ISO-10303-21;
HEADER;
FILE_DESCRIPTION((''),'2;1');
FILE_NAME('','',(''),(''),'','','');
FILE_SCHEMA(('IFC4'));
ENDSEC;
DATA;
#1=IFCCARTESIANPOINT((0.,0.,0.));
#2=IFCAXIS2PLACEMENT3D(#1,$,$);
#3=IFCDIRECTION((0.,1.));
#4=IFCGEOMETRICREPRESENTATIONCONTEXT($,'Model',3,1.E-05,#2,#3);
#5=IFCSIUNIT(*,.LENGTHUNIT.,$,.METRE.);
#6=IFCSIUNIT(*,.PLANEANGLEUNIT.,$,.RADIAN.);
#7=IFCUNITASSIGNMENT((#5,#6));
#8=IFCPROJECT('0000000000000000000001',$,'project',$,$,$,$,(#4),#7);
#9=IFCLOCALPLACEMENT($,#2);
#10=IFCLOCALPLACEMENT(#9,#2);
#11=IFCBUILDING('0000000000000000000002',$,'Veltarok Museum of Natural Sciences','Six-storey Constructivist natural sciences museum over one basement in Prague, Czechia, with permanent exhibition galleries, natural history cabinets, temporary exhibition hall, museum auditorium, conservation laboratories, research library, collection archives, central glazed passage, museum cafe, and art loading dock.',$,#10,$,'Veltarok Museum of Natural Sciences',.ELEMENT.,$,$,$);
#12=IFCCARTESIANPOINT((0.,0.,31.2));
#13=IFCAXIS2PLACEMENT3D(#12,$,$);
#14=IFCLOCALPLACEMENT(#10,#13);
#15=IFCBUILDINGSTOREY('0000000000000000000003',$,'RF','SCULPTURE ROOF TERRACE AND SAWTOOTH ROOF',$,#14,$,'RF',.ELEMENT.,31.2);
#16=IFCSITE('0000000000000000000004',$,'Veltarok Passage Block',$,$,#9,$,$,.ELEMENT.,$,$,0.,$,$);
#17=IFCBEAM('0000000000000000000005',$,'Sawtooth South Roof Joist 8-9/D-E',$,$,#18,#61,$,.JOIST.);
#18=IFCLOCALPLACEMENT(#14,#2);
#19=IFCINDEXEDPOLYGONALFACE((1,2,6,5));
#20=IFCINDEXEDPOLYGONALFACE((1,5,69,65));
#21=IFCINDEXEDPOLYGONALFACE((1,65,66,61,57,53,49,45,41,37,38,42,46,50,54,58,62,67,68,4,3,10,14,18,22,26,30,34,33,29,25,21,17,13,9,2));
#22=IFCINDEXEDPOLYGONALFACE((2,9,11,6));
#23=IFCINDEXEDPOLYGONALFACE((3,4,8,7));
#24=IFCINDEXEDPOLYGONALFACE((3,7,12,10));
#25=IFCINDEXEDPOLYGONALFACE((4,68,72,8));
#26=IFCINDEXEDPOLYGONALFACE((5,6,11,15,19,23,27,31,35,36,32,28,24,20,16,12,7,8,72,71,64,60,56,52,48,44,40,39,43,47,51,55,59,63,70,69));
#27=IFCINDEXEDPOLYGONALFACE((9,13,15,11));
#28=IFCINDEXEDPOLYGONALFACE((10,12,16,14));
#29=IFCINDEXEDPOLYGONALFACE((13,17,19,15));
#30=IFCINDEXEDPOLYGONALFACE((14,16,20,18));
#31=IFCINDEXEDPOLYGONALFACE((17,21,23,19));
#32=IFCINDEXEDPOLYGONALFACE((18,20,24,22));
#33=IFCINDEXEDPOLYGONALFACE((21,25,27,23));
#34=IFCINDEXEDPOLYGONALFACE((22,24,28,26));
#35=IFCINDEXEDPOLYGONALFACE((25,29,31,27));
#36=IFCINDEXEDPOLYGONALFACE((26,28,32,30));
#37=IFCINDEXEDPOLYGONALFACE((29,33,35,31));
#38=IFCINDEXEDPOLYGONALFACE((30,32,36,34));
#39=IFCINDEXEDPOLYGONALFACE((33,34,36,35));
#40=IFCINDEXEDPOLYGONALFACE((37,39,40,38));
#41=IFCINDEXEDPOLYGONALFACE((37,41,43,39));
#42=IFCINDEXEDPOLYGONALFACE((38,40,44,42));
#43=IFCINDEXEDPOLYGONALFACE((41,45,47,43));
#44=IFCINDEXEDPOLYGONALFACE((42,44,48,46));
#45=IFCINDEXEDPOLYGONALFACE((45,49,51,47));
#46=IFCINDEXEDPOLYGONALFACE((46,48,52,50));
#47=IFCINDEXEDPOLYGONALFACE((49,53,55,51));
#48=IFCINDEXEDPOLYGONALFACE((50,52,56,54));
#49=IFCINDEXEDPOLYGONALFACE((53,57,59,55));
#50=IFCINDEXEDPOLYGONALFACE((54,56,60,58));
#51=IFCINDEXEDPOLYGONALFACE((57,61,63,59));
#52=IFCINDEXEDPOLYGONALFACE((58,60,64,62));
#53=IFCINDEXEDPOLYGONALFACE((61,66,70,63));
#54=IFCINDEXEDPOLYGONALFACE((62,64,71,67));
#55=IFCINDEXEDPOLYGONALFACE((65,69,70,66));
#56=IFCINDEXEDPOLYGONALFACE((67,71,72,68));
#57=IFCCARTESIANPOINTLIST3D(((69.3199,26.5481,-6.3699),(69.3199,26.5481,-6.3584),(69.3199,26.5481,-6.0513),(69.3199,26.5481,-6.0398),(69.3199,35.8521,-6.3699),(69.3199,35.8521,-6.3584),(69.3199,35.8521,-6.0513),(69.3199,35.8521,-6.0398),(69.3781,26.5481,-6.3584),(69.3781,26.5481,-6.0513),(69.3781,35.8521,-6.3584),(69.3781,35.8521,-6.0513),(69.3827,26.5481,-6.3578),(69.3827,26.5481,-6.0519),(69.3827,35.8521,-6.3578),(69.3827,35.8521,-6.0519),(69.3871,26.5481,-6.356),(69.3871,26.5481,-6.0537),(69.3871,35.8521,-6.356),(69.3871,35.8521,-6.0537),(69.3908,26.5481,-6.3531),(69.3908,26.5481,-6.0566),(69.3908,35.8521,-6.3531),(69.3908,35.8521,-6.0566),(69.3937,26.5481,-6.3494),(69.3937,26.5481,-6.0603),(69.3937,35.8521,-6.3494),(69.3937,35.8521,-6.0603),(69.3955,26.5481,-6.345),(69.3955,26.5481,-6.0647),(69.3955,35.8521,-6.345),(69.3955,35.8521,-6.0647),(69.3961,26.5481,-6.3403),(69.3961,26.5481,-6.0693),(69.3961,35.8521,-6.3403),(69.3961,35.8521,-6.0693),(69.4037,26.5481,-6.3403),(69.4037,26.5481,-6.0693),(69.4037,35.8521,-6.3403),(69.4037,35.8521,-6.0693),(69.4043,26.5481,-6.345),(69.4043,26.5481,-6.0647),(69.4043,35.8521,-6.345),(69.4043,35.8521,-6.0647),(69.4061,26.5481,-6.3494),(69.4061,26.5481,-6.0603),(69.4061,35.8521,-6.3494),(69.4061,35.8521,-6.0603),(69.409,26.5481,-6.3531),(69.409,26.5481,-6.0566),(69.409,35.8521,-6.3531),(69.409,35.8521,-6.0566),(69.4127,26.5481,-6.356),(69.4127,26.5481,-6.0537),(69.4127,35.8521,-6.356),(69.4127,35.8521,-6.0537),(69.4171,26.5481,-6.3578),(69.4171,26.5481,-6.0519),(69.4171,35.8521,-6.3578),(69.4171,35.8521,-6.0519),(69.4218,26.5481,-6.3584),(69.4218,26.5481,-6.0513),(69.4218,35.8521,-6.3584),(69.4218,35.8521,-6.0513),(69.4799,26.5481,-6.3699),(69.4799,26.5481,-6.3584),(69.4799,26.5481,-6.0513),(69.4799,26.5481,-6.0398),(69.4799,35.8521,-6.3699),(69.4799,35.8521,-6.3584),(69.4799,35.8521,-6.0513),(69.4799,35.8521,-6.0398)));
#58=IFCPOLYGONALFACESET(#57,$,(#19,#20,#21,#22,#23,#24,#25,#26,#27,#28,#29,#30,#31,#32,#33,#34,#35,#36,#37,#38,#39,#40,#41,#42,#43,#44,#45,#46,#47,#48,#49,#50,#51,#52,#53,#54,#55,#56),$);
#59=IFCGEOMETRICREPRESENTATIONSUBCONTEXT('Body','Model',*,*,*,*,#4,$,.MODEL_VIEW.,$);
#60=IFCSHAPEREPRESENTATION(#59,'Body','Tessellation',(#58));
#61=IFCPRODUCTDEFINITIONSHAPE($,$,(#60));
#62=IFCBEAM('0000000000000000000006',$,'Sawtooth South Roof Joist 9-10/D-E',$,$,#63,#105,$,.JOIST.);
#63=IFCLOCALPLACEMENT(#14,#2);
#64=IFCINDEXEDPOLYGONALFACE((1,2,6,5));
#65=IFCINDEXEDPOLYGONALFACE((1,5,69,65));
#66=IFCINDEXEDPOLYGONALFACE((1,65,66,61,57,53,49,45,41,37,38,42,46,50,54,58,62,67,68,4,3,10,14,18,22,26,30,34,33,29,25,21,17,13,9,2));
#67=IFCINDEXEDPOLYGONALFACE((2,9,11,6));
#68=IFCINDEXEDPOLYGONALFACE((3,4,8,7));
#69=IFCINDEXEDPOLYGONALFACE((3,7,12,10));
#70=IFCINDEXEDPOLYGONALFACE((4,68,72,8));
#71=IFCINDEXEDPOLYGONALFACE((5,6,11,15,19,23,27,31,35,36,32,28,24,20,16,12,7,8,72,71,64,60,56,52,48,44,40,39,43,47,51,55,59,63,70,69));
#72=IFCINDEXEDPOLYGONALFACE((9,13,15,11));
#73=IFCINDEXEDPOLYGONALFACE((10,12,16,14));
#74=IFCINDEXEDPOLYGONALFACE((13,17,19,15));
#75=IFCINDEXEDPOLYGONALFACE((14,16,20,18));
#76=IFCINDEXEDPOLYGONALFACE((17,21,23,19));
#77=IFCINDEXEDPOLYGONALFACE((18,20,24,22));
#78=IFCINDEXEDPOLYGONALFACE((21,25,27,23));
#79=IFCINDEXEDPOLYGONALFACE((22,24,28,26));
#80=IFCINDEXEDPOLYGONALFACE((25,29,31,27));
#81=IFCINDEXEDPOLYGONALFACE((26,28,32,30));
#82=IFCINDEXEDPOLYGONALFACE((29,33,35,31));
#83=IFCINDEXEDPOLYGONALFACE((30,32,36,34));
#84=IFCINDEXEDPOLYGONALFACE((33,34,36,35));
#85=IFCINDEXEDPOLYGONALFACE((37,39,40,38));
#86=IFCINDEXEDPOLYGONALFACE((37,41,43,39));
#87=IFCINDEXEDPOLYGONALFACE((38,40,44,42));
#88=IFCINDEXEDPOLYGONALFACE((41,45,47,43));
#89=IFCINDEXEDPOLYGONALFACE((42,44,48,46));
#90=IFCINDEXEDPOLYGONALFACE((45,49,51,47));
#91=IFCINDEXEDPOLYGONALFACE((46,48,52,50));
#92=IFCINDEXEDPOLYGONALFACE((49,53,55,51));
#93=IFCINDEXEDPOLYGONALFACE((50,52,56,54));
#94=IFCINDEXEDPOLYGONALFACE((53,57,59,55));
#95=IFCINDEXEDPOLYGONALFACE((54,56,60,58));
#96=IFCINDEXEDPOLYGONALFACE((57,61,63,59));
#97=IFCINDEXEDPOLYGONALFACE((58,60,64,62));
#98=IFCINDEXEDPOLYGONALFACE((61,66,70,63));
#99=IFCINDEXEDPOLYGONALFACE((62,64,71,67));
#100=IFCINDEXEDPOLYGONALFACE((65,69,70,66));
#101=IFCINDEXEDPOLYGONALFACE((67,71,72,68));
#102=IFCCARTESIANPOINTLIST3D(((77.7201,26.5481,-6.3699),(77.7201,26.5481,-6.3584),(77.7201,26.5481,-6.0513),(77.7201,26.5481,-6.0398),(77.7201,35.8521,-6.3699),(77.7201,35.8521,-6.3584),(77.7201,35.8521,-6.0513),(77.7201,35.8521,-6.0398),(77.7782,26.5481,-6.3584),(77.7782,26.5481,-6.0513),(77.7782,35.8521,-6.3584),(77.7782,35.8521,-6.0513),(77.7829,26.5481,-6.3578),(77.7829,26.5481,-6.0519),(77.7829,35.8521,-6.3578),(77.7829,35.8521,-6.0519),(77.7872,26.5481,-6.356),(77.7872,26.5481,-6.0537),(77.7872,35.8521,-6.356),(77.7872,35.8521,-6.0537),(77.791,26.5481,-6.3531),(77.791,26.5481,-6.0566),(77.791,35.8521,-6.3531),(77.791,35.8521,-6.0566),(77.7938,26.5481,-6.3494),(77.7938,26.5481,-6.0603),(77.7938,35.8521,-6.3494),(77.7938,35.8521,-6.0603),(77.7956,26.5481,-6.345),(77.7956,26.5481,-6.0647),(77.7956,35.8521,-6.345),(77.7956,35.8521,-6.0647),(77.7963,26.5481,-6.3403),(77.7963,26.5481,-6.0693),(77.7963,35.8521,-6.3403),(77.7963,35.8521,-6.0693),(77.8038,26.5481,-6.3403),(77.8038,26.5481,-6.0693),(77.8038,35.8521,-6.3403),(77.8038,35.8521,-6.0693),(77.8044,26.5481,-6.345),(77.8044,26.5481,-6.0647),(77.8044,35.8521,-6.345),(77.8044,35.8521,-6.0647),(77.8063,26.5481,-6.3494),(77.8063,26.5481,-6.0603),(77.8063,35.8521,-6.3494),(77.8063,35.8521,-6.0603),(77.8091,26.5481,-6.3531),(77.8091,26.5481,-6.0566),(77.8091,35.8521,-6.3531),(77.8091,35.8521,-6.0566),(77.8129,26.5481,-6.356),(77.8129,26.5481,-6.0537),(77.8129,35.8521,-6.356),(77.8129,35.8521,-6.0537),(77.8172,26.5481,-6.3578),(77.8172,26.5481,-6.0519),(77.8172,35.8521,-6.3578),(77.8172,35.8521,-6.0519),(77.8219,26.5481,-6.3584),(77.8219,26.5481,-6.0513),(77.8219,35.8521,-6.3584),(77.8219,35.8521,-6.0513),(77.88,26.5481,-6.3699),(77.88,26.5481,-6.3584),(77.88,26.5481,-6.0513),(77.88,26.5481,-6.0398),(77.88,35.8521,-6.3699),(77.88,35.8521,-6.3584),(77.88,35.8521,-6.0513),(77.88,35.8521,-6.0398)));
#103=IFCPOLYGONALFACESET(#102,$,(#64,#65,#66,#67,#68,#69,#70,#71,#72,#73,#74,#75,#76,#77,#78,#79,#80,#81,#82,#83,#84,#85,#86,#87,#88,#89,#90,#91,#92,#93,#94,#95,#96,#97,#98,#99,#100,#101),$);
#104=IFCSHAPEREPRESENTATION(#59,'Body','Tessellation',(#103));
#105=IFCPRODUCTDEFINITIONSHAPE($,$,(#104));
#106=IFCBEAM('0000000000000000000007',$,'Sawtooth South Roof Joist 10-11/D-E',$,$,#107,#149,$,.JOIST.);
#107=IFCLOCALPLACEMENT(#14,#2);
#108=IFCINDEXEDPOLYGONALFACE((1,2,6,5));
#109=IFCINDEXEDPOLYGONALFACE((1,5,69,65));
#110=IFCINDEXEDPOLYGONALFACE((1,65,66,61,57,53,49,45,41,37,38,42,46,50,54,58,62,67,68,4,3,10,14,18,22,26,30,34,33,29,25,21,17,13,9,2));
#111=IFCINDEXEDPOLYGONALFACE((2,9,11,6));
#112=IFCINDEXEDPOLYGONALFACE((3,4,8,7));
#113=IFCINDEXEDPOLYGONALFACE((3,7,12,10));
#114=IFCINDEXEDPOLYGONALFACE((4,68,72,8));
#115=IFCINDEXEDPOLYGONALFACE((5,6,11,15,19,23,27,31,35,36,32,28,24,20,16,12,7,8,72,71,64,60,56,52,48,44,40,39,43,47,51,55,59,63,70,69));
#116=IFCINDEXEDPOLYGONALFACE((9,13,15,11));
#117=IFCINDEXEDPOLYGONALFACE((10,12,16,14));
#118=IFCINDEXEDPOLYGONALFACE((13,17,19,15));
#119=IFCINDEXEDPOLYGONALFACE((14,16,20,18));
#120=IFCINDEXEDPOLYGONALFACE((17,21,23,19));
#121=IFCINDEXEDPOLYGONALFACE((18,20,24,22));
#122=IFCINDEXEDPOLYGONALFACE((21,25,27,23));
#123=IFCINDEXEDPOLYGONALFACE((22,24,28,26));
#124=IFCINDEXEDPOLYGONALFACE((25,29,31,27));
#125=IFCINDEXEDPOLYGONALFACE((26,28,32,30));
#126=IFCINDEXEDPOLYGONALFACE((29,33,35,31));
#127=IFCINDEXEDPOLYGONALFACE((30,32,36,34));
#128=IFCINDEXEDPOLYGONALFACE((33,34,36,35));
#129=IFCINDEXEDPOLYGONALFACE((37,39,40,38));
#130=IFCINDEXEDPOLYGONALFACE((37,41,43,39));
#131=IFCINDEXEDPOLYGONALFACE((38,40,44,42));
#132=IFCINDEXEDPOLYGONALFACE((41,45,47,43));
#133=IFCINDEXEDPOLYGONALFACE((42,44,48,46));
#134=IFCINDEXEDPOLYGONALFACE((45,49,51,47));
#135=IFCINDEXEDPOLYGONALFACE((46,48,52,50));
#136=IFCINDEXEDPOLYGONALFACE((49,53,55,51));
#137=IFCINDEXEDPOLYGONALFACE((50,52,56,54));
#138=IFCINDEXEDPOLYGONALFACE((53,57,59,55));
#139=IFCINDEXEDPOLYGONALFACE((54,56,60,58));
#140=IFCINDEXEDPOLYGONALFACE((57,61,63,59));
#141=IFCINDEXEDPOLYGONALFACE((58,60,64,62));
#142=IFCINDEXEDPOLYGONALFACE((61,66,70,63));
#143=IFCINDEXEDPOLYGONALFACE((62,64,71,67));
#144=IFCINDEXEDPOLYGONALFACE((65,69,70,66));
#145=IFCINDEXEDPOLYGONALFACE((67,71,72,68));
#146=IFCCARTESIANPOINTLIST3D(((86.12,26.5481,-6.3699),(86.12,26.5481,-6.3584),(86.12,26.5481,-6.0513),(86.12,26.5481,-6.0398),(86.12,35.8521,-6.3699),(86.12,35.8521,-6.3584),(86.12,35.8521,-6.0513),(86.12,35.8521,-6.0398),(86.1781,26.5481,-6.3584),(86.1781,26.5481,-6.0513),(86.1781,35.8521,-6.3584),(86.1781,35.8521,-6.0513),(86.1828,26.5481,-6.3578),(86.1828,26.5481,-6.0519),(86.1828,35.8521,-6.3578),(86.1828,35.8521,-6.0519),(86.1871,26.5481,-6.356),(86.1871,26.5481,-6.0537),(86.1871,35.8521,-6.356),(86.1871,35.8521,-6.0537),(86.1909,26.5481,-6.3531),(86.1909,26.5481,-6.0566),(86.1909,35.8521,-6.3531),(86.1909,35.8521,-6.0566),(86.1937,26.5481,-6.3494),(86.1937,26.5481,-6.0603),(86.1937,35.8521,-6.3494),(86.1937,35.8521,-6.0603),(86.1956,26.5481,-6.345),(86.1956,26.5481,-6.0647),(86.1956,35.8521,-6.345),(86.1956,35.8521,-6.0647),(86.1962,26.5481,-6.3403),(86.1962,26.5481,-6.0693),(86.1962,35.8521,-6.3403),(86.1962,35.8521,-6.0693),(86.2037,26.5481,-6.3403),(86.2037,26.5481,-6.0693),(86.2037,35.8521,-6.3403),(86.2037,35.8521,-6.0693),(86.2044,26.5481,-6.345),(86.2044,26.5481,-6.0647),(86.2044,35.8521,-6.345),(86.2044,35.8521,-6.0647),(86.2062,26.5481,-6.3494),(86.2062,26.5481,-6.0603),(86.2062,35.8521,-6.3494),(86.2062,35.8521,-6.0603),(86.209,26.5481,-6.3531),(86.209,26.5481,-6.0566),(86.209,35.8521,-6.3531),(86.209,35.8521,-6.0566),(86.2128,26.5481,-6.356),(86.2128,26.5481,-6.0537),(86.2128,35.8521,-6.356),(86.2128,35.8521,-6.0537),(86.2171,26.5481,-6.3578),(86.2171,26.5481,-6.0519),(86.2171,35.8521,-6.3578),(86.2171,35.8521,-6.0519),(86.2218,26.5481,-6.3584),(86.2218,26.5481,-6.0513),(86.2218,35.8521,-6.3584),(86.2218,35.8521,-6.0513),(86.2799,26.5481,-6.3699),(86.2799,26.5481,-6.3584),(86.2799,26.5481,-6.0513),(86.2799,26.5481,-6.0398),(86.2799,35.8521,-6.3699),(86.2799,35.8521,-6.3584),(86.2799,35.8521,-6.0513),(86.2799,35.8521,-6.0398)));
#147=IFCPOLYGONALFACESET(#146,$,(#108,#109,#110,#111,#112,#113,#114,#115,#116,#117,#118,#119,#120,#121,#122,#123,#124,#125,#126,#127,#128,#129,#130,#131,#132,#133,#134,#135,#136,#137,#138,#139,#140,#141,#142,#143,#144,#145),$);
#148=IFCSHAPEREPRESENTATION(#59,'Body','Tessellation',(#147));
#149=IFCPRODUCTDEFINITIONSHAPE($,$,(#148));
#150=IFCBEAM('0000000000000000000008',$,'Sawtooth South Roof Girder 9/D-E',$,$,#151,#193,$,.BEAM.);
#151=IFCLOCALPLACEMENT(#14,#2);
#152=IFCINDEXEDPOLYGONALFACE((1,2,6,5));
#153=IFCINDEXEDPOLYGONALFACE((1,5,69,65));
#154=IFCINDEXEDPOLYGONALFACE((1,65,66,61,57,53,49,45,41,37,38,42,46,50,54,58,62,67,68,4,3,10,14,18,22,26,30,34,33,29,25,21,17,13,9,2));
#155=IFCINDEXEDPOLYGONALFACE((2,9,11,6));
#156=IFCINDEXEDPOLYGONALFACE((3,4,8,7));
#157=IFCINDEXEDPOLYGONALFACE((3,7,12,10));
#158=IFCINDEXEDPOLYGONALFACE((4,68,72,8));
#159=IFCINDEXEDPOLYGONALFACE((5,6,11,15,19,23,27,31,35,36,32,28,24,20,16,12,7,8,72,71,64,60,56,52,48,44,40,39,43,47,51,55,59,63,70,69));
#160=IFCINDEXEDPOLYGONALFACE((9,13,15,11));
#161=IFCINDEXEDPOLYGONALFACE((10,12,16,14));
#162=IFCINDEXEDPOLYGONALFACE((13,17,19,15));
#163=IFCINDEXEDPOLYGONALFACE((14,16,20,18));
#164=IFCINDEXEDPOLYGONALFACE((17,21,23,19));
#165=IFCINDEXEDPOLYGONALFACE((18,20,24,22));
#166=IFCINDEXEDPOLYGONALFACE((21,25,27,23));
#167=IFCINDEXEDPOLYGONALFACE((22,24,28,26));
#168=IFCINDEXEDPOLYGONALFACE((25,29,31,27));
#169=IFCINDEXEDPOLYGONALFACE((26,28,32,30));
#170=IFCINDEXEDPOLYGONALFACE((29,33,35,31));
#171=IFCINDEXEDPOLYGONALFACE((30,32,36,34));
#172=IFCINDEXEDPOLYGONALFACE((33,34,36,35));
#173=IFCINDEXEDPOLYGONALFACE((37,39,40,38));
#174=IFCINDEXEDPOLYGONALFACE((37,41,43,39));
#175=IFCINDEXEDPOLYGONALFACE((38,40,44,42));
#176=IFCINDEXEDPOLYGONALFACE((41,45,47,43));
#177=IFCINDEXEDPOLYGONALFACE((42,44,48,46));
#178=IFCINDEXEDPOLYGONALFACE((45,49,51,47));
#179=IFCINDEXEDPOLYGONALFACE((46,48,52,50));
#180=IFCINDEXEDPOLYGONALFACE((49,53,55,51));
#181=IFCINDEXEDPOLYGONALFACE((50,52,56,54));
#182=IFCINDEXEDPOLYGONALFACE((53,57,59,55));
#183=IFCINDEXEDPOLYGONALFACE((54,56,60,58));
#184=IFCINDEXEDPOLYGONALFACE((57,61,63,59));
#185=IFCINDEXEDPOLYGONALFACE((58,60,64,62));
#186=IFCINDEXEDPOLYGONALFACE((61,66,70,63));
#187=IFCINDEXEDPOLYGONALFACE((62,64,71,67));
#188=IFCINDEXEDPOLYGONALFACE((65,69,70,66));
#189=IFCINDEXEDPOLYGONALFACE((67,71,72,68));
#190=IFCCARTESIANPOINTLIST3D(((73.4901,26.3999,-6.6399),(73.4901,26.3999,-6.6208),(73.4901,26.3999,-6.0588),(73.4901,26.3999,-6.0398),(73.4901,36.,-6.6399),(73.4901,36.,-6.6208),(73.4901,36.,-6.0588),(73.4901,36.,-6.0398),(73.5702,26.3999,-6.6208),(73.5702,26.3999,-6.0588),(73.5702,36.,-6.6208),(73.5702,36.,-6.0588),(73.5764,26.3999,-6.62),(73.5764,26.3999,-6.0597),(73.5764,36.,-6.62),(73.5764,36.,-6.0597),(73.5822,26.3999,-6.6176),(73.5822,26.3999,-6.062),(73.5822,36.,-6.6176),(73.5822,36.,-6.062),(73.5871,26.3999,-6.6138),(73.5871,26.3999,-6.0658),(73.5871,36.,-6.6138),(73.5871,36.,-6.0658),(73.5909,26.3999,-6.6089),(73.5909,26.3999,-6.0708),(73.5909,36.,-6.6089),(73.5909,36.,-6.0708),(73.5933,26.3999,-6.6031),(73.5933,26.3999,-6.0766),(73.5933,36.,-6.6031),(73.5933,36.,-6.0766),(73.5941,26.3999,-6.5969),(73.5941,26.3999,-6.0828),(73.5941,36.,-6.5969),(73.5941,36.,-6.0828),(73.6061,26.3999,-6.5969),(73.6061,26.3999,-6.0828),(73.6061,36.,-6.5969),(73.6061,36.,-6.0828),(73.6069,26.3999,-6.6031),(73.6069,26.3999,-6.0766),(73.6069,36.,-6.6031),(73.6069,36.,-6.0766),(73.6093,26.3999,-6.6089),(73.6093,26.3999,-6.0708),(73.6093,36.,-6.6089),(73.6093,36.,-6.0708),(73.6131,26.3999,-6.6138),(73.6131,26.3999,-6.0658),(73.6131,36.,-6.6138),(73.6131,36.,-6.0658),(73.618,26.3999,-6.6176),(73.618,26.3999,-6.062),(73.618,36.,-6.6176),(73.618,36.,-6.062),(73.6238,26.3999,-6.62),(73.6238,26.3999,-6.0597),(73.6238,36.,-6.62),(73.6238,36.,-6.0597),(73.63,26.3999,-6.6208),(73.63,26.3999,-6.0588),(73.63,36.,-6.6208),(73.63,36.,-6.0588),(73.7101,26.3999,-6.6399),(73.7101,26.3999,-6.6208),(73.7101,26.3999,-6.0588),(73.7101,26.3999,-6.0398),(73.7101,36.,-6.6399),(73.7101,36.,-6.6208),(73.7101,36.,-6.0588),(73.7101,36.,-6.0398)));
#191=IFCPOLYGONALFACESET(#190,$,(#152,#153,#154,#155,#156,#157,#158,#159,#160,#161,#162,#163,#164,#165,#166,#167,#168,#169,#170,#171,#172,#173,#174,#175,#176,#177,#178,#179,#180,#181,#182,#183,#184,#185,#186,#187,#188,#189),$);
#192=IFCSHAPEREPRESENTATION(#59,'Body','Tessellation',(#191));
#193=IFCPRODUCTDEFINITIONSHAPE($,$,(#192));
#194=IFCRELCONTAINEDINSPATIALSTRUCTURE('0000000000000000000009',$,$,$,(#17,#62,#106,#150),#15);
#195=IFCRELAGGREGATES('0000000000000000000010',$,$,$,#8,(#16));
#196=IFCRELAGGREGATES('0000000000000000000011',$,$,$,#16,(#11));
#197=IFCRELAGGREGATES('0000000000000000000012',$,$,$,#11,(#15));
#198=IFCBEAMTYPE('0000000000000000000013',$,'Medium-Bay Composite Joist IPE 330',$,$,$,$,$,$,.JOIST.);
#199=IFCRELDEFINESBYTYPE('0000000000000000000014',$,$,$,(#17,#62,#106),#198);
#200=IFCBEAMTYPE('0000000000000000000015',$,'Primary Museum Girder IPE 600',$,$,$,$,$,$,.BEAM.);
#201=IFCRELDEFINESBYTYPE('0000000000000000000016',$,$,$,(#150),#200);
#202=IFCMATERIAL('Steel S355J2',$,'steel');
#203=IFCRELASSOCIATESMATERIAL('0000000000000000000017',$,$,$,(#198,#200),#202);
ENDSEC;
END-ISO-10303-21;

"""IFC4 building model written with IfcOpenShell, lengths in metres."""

from ifc_helpers import new_model, si_unit, direction, frame, origin, origin_2d, place, context, subcontext, project, spatial, i_section, extrude, material, material_profile, profile_set, type_object, element, save


model = new_model("IFC4")

# Units and contexts
model_context = context("Model", 3, precision=1e-05, world=origin(), true_north=direction((0.0, 1.0)))
body_context = subcontext(model_context, "Body", "Model", "MODEL_VIEW")
ifc_project = project(units=[si_unit("LENGTHUNIT", "METRE"), si_unit("PLANEANGLEUNIT", "RADIAN")], contexts=[model_context])

# Site, building, storey
site_placement = place(None, origin())
site = spatial("IfcSite", under=ifc_project, at=site_placement, Name="Veltarok Passage Block", CompositionType="ELEMENT", RefElevation=0.0)
building_placement = place(site_placement, origin())
building = spatial("IfcBuilding", under=site, at=building_placement, Name="Veltarok Museum of Natural Sciences", Description="Six-storey Constructivist natural sciences museum over one basement in Prague, Czechia, with permanent exhibition galleries, natural history cabinets, temporary exhibition hall, museum auditorium, conservation laboratories, research library, collection archives, central glazed passage, museum cafe, and art loading dock.", LongName="Veltarok Museum of Natural Sciences", CompositionType="ELEMENT")
storey_placement = place(building_placement, frame((0.0, 0.0, 31.2)))
storey = spatial("IfcBuildingStorey", under=building, at=storey_placement, Name="RF", Description="SCULPTURE ROOF TERRACE AND SAWTOOTH ROOF", LongName="RF", CompositionType="ELEMENT", Elevation=31.2)

# Beams
ifc_material_1 = material(Name="Steel S355J2", Category="steel")
ifc_material_profile_1 = material_profile(ifc_material_1, i_section(OverallWidth=0.1599, OverallDepth=0.3301, WebThickness=0.0076, FlangeThickness=0.0115, FilletRadius=0.0181, at=origin_2d()), Name="IPE 330")
ifc_profile_set_1 = profile_set([ifc_material_profile_1], Name="Steel S355J2")
beam_type_1 = type_object("IfcBeamType", Name="Medium-Bay Composite Joist IPE 330", PredefinedType="JOIST", material=ifc_profile_set_1)
for number, where, z_axis, x_axis, name in (
    (1, (69.3999, 26.5481, -6.2048), (0.0, 1.0, 0.0), (-1.0, 0.0, 0.0), "Sawtooth South Roof Joist 8-9/D-E"),
    (2, (77.8, 26.5481, -6.2048), (0.0, 1.0, 0.0), (-1.0, 0.0, 0.0), "Sawtooth South Roof Joist 9-10/D-E"),
    (3, (86.2, 26.5481, -6.2048), (0.0, 1.0, 0.0), (-1.0, 0.0, 0.0), "Sawtooth South Roof Joist 10-11/D-E"),
):
    element("IfcBeam", number, at=place(storey_placement, frame(where, z_axis=z_axis, x_axis=x_axis)), inside=storey, type_object=beam_type_1, Name=name, PredefinedType="JOIST", context=body_context, shape_type="SweptSolid", body=[
        extrude(i_section(OverallWidth=0.1599, OverallDepth=0.3301, WebThickness=0.0076, FlangeThickness=0.0115, FilletRadius=0.0181, at=origin_2d()), origin(), (0.0, 0.0, 1.0), 9.304),
    ])
ifc_material_profile_2 = material_profile(ifc_material_1, i_section(OverallWidth=0.22, OverallDepth=0.6001, WebThickness=0.012, FlangeThickness=0.019, FilletRadius=0.0239, at=origin_2d()), Name="IPE 600")
ifc_profile_set_2 = profile_set([ifc_material_profile_2], Name="Steel S355J2")
beam_type_2 = type_object("IfcBeamType", Name="Primary Museum Girder IPE 600", PredefinedType="BEAM", material=ifc_profile_set_2)
for number, where, z_axis, x_axis, name in (
    (4, (73.6001, 26.3999, -6.3398), (0.0, 1.0, 0.0), (-1.0, 0.0, 0.0), "Sawtooth South Roof Girder 9/D-E"),
):
    element("IfcBeam", number, at=place(storey_placement, frame(where, z_axis=z_axis, x_axis=x_axis)), inside=storey, type_object=beam_type_2, Name=name, PredefinedType="BEAM", context=body_context, shape_type="SweptSolid", body=[
        extrude(i_section(OverallWidth=0.22, OverallDepth=0.6001, WebThickness=0.012, FlangeThickness=0.019, FilletRadius=0.0239, at=origin_2d()), origin(), (0.0, 0.0, 1.0), 9.6001),
    ])

save(model, "model.ifc")
